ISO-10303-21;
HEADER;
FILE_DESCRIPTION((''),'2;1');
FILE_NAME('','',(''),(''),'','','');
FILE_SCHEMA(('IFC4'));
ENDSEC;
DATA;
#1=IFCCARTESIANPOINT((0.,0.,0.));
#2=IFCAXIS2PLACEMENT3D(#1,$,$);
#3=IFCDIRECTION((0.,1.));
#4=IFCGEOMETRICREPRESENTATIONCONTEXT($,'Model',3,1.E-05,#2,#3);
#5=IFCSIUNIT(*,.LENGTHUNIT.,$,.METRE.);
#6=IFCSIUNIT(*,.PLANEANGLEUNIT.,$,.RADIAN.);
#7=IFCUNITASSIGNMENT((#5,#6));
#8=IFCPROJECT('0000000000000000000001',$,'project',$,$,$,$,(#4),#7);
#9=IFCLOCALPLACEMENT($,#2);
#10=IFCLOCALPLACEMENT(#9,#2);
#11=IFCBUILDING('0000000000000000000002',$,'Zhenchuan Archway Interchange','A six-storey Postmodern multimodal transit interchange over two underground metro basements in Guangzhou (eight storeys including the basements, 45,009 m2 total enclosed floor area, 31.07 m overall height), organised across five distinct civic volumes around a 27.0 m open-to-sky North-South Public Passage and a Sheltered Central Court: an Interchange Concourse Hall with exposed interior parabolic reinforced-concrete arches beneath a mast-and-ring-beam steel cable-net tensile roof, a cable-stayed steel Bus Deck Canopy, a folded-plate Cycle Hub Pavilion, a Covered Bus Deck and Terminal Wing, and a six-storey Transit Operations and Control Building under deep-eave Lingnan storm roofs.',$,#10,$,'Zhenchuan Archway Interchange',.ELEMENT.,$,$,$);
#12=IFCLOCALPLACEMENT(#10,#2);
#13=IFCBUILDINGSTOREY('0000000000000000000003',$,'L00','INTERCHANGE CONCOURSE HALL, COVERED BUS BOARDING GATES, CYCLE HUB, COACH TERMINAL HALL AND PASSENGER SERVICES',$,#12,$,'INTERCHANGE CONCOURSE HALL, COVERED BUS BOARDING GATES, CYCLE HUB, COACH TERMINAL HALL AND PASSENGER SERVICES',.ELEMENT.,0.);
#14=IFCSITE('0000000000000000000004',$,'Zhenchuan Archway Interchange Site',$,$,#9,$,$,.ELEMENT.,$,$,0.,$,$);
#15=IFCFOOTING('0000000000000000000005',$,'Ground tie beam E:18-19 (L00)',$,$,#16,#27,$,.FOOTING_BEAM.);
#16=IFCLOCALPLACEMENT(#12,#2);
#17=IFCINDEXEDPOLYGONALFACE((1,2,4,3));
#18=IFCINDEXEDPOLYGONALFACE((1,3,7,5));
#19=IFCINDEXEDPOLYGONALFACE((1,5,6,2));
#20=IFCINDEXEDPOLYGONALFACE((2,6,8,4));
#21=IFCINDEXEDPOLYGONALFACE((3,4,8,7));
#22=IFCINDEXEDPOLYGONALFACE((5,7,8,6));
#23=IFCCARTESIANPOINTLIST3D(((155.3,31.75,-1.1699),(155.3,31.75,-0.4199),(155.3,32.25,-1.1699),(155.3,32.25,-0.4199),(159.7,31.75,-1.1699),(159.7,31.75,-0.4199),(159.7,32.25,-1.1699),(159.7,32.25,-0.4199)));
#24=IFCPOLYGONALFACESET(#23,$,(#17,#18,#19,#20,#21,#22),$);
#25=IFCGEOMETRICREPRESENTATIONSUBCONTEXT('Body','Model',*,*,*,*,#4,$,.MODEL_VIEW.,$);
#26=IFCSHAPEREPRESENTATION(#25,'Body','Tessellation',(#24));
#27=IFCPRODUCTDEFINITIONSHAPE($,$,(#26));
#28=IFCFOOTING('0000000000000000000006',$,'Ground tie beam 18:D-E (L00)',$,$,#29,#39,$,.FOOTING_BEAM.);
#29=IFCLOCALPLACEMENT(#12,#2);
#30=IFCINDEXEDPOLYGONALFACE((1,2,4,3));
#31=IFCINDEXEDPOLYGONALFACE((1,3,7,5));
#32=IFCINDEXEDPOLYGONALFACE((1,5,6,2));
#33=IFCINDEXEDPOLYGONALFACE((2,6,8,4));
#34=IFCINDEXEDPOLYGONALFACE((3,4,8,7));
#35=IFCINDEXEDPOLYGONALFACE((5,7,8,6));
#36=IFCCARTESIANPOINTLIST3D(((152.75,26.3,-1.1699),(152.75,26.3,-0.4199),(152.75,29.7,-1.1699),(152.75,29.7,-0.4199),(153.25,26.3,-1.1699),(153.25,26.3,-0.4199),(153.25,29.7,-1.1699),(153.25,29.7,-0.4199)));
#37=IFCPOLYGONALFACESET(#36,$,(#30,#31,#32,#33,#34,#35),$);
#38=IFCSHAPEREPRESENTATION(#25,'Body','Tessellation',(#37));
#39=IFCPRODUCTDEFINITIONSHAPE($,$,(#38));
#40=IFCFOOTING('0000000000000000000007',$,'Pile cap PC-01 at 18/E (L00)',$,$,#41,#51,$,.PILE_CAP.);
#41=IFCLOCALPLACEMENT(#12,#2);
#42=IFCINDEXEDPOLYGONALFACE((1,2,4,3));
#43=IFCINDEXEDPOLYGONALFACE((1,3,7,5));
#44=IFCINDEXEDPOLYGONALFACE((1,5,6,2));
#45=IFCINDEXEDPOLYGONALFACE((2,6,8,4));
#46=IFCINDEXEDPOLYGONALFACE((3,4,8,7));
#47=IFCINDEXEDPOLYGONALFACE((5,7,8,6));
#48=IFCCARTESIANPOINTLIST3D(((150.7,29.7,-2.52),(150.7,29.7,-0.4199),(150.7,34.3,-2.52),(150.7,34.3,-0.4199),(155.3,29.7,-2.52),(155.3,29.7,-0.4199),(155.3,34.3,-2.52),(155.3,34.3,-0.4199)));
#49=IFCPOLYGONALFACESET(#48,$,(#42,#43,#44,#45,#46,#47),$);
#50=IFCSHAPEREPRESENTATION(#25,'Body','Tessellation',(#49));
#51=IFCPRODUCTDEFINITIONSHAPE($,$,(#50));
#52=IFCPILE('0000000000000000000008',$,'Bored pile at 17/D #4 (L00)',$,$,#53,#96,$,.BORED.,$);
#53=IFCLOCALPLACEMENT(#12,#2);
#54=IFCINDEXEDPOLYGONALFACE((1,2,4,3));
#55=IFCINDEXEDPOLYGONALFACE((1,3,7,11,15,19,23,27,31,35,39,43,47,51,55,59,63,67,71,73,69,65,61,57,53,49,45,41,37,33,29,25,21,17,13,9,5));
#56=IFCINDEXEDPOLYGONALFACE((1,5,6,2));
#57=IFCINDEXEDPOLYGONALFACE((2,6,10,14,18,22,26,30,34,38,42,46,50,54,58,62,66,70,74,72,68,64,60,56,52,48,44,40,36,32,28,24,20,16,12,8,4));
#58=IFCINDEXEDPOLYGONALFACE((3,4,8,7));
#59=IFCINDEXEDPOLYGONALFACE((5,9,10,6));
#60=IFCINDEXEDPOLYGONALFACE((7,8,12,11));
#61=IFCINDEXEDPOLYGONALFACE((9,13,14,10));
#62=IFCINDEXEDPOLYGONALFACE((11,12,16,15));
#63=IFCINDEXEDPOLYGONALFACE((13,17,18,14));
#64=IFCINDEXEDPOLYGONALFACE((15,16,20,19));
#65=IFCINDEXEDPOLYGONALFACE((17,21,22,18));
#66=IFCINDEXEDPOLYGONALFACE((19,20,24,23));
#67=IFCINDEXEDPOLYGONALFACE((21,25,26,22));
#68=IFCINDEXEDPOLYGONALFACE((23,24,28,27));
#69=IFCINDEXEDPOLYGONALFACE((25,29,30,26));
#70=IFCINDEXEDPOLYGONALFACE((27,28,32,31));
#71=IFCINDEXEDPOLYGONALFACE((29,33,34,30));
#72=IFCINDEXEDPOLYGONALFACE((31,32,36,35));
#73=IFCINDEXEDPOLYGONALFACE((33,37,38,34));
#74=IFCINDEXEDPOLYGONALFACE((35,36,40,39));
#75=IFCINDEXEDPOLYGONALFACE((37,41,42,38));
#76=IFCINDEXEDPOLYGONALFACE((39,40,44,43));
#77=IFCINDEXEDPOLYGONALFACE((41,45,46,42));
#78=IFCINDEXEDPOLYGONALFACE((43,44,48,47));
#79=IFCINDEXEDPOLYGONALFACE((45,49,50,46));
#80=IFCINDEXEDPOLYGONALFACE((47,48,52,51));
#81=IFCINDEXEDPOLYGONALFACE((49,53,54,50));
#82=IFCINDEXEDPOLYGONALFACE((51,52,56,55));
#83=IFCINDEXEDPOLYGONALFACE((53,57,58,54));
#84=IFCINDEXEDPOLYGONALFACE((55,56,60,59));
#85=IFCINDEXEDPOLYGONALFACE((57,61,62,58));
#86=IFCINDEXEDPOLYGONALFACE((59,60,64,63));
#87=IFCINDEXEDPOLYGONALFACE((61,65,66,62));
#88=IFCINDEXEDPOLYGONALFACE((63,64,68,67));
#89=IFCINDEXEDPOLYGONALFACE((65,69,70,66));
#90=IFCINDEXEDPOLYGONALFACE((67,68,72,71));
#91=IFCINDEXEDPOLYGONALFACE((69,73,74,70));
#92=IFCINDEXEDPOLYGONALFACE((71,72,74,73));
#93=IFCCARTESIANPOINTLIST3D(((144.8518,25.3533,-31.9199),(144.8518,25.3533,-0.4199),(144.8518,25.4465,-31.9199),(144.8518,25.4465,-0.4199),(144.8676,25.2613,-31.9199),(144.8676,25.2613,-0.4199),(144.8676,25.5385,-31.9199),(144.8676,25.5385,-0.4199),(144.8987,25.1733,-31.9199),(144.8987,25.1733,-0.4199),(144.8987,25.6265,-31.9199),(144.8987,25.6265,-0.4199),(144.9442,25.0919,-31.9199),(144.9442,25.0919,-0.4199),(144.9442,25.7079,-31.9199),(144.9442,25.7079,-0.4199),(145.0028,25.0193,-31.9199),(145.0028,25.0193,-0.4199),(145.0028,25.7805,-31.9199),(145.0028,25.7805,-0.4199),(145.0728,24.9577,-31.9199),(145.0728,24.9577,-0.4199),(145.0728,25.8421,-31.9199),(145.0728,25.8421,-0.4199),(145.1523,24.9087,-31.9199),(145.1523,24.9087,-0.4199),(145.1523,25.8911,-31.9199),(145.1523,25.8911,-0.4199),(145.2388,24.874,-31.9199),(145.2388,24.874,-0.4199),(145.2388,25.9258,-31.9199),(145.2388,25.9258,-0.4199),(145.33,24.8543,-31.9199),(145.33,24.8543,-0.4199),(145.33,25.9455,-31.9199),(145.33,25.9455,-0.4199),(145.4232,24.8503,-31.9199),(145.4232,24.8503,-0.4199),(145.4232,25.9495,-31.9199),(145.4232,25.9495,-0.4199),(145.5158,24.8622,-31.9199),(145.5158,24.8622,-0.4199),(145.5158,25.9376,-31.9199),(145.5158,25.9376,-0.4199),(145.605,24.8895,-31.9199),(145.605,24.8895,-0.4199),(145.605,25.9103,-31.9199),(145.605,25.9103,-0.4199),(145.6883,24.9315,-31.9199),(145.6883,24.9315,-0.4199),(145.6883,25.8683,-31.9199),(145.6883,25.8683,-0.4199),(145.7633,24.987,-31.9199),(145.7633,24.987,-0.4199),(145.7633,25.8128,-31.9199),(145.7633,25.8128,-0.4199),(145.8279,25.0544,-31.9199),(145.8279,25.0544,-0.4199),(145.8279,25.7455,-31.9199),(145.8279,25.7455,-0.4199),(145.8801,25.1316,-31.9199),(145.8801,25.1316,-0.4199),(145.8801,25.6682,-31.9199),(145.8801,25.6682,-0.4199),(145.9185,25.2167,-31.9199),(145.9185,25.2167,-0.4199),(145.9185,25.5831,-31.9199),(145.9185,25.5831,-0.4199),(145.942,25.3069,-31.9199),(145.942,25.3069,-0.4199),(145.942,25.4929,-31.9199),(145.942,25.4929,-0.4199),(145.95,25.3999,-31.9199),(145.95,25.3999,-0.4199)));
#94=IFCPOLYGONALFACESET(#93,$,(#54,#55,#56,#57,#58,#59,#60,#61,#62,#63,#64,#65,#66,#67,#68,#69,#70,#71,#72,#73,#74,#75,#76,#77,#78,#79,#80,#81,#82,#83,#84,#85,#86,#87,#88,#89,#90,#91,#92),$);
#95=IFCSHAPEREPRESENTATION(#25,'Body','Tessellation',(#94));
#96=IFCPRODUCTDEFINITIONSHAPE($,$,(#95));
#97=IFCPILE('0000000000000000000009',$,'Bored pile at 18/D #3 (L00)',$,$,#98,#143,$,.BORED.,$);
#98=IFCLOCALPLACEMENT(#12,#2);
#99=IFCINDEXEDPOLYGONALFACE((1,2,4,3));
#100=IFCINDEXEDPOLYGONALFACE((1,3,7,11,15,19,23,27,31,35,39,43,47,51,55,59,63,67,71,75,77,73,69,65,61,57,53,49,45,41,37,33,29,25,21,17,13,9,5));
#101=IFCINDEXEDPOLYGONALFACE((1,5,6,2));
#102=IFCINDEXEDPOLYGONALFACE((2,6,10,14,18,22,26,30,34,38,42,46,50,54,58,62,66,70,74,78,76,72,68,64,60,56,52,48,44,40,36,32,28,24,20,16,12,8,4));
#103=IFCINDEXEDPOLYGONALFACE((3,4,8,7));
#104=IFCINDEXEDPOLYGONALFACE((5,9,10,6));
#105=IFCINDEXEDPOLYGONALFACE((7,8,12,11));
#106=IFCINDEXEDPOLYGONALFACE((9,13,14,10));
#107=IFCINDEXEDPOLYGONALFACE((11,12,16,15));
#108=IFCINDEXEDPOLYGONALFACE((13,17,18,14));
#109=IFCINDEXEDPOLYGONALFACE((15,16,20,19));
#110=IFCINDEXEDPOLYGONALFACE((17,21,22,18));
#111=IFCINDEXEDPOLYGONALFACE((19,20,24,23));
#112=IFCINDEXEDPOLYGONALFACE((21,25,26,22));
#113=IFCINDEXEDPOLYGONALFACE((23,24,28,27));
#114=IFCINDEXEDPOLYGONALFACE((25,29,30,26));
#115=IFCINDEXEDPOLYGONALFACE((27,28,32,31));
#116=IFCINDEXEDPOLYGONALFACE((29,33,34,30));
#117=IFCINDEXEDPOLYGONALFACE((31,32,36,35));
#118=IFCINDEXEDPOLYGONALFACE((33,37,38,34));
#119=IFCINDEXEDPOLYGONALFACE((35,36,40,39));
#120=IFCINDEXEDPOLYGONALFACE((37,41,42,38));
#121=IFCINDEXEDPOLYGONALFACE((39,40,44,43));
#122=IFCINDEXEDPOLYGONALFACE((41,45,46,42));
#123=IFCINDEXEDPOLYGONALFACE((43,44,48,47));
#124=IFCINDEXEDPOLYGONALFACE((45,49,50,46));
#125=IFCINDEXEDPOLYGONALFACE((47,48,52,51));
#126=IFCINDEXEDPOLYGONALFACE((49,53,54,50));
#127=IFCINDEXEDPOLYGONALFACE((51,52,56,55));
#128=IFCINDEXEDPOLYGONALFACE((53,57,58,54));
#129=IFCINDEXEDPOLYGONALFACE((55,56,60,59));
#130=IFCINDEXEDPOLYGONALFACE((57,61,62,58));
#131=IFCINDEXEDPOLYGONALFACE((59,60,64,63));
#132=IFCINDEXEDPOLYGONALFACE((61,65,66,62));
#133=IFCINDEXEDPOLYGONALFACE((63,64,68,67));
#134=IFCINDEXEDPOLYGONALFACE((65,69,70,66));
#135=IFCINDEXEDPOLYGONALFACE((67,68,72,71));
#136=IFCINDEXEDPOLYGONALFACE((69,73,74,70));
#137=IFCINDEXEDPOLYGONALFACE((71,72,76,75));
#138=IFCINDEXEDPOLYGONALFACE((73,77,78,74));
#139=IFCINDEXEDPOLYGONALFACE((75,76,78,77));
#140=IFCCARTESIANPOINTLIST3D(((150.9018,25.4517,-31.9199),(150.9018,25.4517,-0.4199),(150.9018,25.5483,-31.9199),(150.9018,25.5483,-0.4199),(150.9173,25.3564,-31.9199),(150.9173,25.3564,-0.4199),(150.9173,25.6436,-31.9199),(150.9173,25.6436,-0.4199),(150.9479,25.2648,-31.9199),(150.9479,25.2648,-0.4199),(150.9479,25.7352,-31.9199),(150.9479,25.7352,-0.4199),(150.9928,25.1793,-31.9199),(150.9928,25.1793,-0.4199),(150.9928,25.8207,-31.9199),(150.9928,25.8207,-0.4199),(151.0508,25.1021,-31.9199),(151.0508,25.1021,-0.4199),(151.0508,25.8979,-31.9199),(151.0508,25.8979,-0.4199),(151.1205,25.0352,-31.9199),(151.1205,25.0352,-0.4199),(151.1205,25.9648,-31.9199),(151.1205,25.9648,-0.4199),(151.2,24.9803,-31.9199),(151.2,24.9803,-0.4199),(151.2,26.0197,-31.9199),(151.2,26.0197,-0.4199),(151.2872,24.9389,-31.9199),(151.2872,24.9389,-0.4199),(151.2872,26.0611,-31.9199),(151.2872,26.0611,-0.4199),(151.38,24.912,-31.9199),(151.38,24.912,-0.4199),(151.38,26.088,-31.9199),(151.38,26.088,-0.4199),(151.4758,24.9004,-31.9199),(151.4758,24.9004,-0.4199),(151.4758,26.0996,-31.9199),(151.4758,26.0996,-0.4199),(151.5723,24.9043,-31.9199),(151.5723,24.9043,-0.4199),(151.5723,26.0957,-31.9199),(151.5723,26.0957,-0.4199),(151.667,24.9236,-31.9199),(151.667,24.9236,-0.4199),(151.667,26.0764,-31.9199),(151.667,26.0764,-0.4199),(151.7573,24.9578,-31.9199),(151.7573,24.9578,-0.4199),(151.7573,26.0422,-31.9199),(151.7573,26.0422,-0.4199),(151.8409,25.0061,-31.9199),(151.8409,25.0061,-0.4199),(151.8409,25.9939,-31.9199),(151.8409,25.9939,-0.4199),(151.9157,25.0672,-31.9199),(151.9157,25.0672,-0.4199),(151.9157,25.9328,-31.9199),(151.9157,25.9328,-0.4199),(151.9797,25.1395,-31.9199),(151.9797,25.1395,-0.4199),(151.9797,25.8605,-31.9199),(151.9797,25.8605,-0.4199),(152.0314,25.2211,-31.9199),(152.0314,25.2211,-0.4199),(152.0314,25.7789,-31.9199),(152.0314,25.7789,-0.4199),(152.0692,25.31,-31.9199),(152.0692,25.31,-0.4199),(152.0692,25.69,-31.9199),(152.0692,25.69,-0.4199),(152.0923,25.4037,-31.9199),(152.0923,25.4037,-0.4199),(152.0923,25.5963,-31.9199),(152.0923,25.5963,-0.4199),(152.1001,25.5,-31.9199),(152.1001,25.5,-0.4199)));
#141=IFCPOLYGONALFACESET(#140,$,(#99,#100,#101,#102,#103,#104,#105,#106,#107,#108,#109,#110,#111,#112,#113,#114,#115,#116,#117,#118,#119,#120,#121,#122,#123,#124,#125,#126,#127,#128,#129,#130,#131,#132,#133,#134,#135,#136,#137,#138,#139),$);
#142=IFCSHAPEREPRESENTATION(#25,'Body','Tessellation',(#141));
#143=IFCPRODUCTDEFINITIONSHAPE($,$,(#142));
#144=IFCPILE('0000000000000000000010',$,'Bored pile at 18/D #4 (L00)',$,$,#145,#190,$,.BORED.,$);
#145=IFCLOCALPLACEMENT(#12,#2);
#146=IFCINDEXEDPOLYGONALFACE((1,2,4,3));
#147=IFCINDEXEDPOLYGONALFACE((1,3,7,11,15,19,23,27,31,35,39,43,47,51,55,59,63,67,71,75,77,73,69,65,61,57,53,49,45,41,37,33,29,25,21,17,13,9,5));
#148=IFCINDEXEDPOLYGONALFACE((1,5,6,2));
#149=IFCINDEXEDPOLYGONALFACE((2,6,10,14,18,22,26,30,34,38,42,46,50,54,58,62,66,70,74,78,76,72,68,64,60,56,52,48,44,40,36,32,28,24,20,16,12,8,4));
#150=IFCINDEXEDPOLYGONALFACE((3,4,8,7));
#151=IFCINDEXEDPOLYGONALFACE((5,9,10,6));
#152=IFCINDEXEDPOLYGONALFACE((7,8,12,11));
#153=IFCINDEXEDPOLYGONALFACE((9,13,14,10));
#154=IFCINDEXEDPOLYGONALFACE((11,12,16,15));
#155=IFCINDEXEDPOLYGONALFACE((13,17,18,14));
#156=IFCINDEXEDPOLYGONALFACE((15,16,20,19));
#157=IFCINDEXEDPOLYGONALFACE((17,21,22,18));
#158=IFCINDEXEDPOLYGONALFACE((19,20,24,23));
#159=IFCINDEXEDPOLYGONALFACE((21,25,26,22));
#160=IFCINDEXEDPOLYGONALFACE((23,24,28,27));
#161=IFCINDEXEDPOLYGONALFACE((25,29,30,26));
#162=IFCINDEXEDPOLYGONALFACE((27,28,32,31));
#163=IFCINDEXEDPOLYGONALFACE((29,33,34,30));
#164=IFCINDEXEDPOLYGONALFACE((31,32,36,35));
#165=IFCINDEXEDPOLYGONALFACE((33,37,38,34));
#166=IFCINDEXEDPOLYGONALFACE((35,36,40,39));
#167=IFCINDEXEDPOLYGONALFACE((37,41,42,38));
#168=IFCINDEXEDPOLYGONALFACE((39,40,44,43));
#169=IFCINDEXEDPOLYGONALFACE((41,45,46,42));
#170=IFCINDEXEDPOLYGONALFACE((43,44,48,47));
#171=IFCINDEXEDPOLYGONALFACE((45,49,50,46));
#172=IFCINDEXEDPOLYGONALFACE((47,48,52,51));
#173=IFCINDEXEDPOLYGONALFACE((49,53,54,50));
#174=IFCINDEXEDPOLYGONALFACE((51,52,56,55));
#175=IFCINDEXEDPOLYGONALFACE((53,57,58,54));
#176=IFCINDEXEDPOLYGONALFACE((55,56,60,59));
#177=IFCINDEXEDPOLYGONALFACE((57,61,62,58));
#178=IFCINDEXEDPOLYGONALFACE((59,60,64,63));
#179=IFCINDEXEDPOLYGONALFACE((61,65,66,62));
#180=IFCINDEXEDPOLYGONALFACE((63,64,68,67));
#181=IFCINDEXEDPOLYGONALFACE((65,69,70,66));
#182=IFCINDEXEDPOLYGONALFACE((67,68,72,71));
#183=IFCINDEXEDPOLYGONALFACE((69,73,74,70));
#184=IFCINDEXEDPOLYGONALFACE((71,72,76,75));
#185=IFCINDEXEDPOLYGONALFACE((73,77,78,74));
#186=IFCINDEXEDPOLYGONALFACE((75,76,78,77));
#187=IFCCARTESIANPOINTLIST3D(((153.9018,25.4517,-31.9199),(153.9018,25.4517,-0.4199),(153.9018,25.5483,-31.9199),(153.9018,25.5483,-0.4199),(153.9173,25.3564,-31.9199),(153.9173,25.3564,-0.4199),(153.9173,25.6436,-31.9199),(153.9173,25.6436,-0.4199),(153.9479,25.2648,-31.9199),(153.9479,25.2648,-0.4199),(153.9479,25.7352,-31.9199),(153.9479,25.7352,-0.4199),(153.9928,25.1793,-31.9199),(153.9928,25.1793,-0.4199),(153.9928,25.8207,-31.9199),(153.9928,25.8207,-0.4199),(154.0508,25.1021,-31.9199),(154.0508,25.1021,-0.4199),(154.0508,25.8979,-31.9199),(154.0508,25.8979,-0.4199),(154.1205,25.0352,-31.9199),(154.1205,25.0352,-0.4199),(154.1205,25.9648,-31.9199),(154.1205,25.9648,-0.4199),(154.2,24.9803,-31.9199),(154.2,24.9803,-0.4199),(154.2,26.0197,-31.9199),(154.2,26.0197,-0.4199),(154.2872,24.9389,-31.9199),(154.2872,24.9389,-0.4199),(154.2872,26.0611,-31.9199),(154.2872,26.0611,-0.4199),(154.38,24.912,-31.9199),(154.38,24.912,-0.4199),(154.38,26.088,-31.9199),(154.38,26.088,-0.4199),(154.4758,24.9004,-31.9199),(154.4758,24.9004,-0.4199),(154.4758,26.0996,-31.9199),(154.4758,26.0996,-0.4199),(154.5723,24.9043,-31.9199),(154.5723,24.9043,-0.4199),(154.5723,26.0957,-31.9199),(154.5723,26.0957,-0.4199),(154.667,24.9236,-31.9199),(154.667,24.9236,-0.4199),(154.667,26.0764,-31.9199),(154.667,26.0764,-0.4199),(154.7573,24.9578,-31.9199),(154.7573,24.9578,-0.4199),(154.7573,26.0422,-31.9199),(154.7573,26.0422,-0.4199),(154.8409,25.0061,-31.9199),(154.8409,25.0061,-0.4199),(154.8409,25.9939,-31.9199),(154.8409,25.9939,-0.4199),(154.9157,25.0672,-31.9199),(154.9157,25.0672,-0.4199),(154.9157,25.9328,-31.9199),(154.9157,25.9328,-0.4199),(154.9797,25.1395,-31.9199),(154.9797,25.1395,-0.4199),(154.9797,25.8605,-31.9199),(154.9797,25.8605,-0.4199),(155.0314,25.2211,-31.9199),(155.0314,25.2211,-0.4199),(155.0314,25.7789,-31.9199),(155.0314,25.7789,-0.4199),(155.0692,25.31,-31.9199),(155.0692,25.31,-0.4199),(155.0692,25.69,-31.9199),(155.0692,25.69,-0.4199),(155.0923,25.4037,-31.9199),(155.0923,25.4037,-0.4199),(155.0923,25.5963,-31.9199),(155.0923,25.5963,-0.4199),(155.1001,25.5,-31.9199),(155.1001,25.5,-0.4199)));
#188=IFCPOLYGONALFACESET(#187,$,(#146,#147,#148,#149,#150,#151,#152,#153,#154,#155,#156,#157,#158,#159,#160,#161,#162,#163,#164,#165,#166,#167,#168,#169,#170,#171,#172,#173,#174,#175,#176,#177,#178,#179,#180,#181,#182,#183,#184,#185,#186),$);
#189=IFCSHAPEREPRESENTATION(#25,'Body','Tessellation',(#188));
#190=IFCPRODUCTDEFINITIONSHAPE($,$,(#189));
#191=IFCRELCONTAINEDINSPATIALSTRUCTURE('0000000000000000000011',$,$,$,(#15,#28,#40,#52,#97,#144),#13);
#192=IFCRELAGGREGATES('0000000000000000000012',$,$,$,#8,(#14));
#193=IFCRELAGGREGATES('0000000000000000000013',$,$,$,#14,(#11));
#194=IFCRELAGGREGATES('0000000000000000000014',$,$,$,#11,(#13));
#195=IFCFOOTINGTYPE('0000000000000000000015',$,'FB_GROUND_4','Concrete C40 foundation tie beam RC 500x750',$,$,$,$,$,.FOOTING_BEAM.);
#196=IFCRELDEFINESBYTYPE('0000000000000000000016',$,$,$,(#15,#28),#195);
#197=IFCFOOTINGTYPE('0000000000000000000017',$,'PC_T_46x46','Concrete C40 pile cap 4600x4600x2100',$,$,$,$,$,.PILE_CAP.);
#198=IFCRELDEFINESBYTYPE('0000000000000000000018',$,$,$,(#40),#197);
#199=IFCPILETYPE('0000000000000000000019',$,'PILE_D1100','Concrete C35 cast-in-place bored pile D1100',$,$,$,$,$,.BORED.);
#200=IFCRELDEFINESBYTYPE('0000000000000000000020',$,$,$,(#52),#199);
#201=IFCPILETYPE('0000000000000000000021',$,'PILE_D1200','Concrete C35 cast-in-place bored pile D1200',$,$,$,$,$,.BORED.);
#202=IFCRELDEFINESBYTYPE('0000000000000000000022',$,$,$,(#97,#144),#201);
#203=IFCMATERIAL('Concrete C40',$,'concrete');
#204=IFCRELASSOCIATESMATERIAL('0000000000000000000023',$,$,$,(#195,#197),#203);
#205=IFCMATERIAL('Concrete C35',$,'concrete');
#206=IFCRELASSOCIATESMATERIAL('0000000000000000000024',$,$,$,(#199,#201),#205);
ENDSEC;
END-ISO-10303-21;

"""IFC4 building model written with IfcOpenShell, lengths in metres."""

from ifc_helpers import new_model, si_unit, direction, frame, origin, origin_2d, place, context, subcontext, project, spatial, rectangle, circle, extrude, material, material_profile, profile_set, type_object, element, save


model = new_model("IFC4")

# Units and contexts
model_context = context("Model", 3, precision=1e-05, world=origin(), true_north=direction((0.0, 1.0)))
body_context = subcontext(model_context, "Body", "Model", "MODEL_VIEW")
ifc_project = project(units=[si_unit("LENGTHUNIT", "METRE"), si_unit("PLANEANGLEUNIT", "RADIAN")], contexts=[model_context])

# Site, building, storey
site_placement = place(None, origin())
site = spatial("IfcSite", under=ifc_project, at=site_placement, Name="Zhenchuan Archway Interchange Site", CompositionType="ELEMENT", RefElevation=0.0)
building_placement = place(site_placement, origin())
building = spatial("IfcBuilding", under=site, at=building_placement, Name="Zhenchuan Archway Interchange", Description="A six-storey Postmodern multimodal transit interchange over two underground metro basements in Guangzhou (eight storeys including the basements, 45,009 m2 total enclosed floor area, 31.07 m overall height), organised across five distinct civic volumes around a 27.0 m open-to-sky North-South Public Passage and a Sheltered Central Court: an Interchange Concourse Hall with exposed interior parabolic reinforced-concrete arches beneath a mast-and-ring-beam steel cable-net tensile roof, a cable-stayed steel Bus Deck Canopy, a folded-plate Cycle Hub Pavilion, a Covered Bus Deck and Terminal Wing, and a six-storey Transit Operations and Control Building under deep-eave Lingnan storm roofs.", LongName="Zhenchuan Archway Interchange", CompositionType="ELEMENT")
storey_placement = place(building_placement, origin())
storey = spatial("IfcBuildingStorey", under=building, at=storey_placement, Name="L00", Description="INTERCHANGE CONCOURSE HALL, COVERED BUS BOARDING GATES, CYCLE HUB, COACH TERMINAL HALL AND PASSENGER SERVICES", LongName="INTERCHANGE CONCOURSE HALL, COVERED BUS BOARDING GATES, CYCLE HUB, COACH TERMINAL HALL AND PASSENGER SERVICES", CompositionType="ELEMENT", Elevation=0.0)

# Footings
ifc_material_1 = material(Name="Concrete C40", Category="concrete")
ifc_material_profile_1 = material_profile(ifc_material_1, rectangle(XDim=0.5, YDim=0.75, at=origin_2d()), Name="RC 500x750")
ifc_profile_set_1 = profile_set([ifc_material_profile_1], Name="Concrete C40")
footing_type_1 = type_object("IfcFootingType", Name="FB_GROUND_4", Description="Concrete C40 foundation tie beam RC 500x750", PredefinedType="FOOTING_BEAM", material=ifc_profile_set_1)
footing_1_placement = place(storey_placement, frame((155.3, 32.0, -0.7949), z_axis=(1.0, 0.0, 0.0), x_axis=(0.0, 1.0, 0.0)))
element("IfcFooting", 1, at=footing_1_placement, inside=storey, type_object=footing_type_1, Name="Ground tie beam E:18-19 (L00)", PredefinedType="FOOTING_BEAM", context=body_context, shape_type="SweptSolid", body=[
    extrude(rectangle(XDim=0.5, YDim=0.75, at=origin_2d()), origin(), (0.0, 0.0, 1.0), 4.3999),
])
footing_2_placement = place(storey_placement, frame((153.0, 26.3, -0.7949), z_axis=(0.0, 1.0, 0.0), x_axis=(-1.0, 0.0, 0.0)))
element("IfcFooting", 2, at=footing_2_placement, inside=storey, type_object=footing_type_1, Name="Ground tie beam 18:D-E (L00)", PredefinedType="FOOTING_BEAM", context=body_context, shape_type="SweptSolid", body=[
    extrude(rectangle(XDim=0.5, YDim=0.75, at=origin_2d()), origin(), (0.0, 0.0, 1.0), 3.3999),
])
footing_type_2 = type_object("IfcFootingType", Name="PC_T_46x46", Description="Concrete C40 pile cap 4600x4600x2100", PredefinedType="PILE_CAP", material=ifc_material_1)
footing_3_placement = place(storey_placement, frame((153.0, 32.0, -2.52), z_axis=(0.0, 0.0, 1.0), x_axis=(1.0, 0.0, 0.0)))
element("IfcFooting", 3, at=footing_3_placement, inside=storey, type_object=footing_type_2, Name="Pile cap PC-01 at 18/E (L00)", PredefinedType="PILE_CAP", context=body_context, shape_type="SweptSolid", body=[
    extrude(rectangle(XDim=4.6001, YDim=4.6001, at=origin_2d()), origin(), (0.0, 0.0, 1.0), 2.1001),
])

# Piles
ifc_material_2 = material(Name="Concrete C35", Category="concrete")
ifc_material_profile_2 = material_profile(ifc_material_2, circle(Radius=0.55, at=origin_2d()), Name="BORED PILE 1100")
ifc_profile_set_2 = profile_set([ifc_material_profile_2], Name="Concrete C35")
pile_type_1 = type_object("IfcPileType", Name="PILE_D1100", Description="Concrete C35 cast-in-place bored pile D1100", PredefinedType="BORED", material=ifc_profile_set_2)
pile_placement = place(storey_placement, frame((145.3999, 25.3999, -0.4199), z_axis=(0.0, 0.0, -1.0), x_axis=(1.0, 0.0, 0.0)))
element("IfcPile", 4, at=pile_placement, inside=storey, type_object=pile_type_1, Name="Bored pile at 17/D #4 (L00)", PredefinedType="BORED", context=body_context, shape_type="SweptSolid", body=[
    extrude(circle(Radius=0.55, at=origin_2d()), origin(), (0.0, 0.0, 1.0), 31.5),
])
ifc_material_profile_3 = material_profile(ifc_material_2, circle(Radius=0.6001, at=origin_2d()), Name="BORED PILE 1200")
ifc_profile_set_3 = profile_set([ifc_material_profile_3], Name="Concrete C35")
pile_type_2 = type_object("IfcPileType", Name="PILE_D1200", Description="Concrete C35 cast-in-place bored pile D1200", PredefinedType="BORED", material=ifc_profile_set_3)
for number, where, z_axis, x_axis, name in (
    (5, (151.5, 25.5, -0.4199), (0.0, 0.0, -1.0), (1.0, 0.0, 0.0), "Bored pile at 18/D #3 (L00)"),
    (6, (154.5, 25.5, -0.4199), (0.0, 0.0, -1.0), (1.0, 0.0, 0.0), "Bored pile at 18/D #4 (L00)"),
):
    element("IfcPile", number, at=place(storey_placement, frame(where, z_axis=z_axis, x_axis=x_axis)), inside=storey, type_object=pile_type_2, Name=name, PredefinedType="BORED", context=body_context, shape_type="SweptSolid", body=[
        extrude(circle(Radius=0.6001, at=origin_2d()), origin(), (0.0, 0.0, 1.0), 31.5),
    ])

save(model, "model.ifc")
